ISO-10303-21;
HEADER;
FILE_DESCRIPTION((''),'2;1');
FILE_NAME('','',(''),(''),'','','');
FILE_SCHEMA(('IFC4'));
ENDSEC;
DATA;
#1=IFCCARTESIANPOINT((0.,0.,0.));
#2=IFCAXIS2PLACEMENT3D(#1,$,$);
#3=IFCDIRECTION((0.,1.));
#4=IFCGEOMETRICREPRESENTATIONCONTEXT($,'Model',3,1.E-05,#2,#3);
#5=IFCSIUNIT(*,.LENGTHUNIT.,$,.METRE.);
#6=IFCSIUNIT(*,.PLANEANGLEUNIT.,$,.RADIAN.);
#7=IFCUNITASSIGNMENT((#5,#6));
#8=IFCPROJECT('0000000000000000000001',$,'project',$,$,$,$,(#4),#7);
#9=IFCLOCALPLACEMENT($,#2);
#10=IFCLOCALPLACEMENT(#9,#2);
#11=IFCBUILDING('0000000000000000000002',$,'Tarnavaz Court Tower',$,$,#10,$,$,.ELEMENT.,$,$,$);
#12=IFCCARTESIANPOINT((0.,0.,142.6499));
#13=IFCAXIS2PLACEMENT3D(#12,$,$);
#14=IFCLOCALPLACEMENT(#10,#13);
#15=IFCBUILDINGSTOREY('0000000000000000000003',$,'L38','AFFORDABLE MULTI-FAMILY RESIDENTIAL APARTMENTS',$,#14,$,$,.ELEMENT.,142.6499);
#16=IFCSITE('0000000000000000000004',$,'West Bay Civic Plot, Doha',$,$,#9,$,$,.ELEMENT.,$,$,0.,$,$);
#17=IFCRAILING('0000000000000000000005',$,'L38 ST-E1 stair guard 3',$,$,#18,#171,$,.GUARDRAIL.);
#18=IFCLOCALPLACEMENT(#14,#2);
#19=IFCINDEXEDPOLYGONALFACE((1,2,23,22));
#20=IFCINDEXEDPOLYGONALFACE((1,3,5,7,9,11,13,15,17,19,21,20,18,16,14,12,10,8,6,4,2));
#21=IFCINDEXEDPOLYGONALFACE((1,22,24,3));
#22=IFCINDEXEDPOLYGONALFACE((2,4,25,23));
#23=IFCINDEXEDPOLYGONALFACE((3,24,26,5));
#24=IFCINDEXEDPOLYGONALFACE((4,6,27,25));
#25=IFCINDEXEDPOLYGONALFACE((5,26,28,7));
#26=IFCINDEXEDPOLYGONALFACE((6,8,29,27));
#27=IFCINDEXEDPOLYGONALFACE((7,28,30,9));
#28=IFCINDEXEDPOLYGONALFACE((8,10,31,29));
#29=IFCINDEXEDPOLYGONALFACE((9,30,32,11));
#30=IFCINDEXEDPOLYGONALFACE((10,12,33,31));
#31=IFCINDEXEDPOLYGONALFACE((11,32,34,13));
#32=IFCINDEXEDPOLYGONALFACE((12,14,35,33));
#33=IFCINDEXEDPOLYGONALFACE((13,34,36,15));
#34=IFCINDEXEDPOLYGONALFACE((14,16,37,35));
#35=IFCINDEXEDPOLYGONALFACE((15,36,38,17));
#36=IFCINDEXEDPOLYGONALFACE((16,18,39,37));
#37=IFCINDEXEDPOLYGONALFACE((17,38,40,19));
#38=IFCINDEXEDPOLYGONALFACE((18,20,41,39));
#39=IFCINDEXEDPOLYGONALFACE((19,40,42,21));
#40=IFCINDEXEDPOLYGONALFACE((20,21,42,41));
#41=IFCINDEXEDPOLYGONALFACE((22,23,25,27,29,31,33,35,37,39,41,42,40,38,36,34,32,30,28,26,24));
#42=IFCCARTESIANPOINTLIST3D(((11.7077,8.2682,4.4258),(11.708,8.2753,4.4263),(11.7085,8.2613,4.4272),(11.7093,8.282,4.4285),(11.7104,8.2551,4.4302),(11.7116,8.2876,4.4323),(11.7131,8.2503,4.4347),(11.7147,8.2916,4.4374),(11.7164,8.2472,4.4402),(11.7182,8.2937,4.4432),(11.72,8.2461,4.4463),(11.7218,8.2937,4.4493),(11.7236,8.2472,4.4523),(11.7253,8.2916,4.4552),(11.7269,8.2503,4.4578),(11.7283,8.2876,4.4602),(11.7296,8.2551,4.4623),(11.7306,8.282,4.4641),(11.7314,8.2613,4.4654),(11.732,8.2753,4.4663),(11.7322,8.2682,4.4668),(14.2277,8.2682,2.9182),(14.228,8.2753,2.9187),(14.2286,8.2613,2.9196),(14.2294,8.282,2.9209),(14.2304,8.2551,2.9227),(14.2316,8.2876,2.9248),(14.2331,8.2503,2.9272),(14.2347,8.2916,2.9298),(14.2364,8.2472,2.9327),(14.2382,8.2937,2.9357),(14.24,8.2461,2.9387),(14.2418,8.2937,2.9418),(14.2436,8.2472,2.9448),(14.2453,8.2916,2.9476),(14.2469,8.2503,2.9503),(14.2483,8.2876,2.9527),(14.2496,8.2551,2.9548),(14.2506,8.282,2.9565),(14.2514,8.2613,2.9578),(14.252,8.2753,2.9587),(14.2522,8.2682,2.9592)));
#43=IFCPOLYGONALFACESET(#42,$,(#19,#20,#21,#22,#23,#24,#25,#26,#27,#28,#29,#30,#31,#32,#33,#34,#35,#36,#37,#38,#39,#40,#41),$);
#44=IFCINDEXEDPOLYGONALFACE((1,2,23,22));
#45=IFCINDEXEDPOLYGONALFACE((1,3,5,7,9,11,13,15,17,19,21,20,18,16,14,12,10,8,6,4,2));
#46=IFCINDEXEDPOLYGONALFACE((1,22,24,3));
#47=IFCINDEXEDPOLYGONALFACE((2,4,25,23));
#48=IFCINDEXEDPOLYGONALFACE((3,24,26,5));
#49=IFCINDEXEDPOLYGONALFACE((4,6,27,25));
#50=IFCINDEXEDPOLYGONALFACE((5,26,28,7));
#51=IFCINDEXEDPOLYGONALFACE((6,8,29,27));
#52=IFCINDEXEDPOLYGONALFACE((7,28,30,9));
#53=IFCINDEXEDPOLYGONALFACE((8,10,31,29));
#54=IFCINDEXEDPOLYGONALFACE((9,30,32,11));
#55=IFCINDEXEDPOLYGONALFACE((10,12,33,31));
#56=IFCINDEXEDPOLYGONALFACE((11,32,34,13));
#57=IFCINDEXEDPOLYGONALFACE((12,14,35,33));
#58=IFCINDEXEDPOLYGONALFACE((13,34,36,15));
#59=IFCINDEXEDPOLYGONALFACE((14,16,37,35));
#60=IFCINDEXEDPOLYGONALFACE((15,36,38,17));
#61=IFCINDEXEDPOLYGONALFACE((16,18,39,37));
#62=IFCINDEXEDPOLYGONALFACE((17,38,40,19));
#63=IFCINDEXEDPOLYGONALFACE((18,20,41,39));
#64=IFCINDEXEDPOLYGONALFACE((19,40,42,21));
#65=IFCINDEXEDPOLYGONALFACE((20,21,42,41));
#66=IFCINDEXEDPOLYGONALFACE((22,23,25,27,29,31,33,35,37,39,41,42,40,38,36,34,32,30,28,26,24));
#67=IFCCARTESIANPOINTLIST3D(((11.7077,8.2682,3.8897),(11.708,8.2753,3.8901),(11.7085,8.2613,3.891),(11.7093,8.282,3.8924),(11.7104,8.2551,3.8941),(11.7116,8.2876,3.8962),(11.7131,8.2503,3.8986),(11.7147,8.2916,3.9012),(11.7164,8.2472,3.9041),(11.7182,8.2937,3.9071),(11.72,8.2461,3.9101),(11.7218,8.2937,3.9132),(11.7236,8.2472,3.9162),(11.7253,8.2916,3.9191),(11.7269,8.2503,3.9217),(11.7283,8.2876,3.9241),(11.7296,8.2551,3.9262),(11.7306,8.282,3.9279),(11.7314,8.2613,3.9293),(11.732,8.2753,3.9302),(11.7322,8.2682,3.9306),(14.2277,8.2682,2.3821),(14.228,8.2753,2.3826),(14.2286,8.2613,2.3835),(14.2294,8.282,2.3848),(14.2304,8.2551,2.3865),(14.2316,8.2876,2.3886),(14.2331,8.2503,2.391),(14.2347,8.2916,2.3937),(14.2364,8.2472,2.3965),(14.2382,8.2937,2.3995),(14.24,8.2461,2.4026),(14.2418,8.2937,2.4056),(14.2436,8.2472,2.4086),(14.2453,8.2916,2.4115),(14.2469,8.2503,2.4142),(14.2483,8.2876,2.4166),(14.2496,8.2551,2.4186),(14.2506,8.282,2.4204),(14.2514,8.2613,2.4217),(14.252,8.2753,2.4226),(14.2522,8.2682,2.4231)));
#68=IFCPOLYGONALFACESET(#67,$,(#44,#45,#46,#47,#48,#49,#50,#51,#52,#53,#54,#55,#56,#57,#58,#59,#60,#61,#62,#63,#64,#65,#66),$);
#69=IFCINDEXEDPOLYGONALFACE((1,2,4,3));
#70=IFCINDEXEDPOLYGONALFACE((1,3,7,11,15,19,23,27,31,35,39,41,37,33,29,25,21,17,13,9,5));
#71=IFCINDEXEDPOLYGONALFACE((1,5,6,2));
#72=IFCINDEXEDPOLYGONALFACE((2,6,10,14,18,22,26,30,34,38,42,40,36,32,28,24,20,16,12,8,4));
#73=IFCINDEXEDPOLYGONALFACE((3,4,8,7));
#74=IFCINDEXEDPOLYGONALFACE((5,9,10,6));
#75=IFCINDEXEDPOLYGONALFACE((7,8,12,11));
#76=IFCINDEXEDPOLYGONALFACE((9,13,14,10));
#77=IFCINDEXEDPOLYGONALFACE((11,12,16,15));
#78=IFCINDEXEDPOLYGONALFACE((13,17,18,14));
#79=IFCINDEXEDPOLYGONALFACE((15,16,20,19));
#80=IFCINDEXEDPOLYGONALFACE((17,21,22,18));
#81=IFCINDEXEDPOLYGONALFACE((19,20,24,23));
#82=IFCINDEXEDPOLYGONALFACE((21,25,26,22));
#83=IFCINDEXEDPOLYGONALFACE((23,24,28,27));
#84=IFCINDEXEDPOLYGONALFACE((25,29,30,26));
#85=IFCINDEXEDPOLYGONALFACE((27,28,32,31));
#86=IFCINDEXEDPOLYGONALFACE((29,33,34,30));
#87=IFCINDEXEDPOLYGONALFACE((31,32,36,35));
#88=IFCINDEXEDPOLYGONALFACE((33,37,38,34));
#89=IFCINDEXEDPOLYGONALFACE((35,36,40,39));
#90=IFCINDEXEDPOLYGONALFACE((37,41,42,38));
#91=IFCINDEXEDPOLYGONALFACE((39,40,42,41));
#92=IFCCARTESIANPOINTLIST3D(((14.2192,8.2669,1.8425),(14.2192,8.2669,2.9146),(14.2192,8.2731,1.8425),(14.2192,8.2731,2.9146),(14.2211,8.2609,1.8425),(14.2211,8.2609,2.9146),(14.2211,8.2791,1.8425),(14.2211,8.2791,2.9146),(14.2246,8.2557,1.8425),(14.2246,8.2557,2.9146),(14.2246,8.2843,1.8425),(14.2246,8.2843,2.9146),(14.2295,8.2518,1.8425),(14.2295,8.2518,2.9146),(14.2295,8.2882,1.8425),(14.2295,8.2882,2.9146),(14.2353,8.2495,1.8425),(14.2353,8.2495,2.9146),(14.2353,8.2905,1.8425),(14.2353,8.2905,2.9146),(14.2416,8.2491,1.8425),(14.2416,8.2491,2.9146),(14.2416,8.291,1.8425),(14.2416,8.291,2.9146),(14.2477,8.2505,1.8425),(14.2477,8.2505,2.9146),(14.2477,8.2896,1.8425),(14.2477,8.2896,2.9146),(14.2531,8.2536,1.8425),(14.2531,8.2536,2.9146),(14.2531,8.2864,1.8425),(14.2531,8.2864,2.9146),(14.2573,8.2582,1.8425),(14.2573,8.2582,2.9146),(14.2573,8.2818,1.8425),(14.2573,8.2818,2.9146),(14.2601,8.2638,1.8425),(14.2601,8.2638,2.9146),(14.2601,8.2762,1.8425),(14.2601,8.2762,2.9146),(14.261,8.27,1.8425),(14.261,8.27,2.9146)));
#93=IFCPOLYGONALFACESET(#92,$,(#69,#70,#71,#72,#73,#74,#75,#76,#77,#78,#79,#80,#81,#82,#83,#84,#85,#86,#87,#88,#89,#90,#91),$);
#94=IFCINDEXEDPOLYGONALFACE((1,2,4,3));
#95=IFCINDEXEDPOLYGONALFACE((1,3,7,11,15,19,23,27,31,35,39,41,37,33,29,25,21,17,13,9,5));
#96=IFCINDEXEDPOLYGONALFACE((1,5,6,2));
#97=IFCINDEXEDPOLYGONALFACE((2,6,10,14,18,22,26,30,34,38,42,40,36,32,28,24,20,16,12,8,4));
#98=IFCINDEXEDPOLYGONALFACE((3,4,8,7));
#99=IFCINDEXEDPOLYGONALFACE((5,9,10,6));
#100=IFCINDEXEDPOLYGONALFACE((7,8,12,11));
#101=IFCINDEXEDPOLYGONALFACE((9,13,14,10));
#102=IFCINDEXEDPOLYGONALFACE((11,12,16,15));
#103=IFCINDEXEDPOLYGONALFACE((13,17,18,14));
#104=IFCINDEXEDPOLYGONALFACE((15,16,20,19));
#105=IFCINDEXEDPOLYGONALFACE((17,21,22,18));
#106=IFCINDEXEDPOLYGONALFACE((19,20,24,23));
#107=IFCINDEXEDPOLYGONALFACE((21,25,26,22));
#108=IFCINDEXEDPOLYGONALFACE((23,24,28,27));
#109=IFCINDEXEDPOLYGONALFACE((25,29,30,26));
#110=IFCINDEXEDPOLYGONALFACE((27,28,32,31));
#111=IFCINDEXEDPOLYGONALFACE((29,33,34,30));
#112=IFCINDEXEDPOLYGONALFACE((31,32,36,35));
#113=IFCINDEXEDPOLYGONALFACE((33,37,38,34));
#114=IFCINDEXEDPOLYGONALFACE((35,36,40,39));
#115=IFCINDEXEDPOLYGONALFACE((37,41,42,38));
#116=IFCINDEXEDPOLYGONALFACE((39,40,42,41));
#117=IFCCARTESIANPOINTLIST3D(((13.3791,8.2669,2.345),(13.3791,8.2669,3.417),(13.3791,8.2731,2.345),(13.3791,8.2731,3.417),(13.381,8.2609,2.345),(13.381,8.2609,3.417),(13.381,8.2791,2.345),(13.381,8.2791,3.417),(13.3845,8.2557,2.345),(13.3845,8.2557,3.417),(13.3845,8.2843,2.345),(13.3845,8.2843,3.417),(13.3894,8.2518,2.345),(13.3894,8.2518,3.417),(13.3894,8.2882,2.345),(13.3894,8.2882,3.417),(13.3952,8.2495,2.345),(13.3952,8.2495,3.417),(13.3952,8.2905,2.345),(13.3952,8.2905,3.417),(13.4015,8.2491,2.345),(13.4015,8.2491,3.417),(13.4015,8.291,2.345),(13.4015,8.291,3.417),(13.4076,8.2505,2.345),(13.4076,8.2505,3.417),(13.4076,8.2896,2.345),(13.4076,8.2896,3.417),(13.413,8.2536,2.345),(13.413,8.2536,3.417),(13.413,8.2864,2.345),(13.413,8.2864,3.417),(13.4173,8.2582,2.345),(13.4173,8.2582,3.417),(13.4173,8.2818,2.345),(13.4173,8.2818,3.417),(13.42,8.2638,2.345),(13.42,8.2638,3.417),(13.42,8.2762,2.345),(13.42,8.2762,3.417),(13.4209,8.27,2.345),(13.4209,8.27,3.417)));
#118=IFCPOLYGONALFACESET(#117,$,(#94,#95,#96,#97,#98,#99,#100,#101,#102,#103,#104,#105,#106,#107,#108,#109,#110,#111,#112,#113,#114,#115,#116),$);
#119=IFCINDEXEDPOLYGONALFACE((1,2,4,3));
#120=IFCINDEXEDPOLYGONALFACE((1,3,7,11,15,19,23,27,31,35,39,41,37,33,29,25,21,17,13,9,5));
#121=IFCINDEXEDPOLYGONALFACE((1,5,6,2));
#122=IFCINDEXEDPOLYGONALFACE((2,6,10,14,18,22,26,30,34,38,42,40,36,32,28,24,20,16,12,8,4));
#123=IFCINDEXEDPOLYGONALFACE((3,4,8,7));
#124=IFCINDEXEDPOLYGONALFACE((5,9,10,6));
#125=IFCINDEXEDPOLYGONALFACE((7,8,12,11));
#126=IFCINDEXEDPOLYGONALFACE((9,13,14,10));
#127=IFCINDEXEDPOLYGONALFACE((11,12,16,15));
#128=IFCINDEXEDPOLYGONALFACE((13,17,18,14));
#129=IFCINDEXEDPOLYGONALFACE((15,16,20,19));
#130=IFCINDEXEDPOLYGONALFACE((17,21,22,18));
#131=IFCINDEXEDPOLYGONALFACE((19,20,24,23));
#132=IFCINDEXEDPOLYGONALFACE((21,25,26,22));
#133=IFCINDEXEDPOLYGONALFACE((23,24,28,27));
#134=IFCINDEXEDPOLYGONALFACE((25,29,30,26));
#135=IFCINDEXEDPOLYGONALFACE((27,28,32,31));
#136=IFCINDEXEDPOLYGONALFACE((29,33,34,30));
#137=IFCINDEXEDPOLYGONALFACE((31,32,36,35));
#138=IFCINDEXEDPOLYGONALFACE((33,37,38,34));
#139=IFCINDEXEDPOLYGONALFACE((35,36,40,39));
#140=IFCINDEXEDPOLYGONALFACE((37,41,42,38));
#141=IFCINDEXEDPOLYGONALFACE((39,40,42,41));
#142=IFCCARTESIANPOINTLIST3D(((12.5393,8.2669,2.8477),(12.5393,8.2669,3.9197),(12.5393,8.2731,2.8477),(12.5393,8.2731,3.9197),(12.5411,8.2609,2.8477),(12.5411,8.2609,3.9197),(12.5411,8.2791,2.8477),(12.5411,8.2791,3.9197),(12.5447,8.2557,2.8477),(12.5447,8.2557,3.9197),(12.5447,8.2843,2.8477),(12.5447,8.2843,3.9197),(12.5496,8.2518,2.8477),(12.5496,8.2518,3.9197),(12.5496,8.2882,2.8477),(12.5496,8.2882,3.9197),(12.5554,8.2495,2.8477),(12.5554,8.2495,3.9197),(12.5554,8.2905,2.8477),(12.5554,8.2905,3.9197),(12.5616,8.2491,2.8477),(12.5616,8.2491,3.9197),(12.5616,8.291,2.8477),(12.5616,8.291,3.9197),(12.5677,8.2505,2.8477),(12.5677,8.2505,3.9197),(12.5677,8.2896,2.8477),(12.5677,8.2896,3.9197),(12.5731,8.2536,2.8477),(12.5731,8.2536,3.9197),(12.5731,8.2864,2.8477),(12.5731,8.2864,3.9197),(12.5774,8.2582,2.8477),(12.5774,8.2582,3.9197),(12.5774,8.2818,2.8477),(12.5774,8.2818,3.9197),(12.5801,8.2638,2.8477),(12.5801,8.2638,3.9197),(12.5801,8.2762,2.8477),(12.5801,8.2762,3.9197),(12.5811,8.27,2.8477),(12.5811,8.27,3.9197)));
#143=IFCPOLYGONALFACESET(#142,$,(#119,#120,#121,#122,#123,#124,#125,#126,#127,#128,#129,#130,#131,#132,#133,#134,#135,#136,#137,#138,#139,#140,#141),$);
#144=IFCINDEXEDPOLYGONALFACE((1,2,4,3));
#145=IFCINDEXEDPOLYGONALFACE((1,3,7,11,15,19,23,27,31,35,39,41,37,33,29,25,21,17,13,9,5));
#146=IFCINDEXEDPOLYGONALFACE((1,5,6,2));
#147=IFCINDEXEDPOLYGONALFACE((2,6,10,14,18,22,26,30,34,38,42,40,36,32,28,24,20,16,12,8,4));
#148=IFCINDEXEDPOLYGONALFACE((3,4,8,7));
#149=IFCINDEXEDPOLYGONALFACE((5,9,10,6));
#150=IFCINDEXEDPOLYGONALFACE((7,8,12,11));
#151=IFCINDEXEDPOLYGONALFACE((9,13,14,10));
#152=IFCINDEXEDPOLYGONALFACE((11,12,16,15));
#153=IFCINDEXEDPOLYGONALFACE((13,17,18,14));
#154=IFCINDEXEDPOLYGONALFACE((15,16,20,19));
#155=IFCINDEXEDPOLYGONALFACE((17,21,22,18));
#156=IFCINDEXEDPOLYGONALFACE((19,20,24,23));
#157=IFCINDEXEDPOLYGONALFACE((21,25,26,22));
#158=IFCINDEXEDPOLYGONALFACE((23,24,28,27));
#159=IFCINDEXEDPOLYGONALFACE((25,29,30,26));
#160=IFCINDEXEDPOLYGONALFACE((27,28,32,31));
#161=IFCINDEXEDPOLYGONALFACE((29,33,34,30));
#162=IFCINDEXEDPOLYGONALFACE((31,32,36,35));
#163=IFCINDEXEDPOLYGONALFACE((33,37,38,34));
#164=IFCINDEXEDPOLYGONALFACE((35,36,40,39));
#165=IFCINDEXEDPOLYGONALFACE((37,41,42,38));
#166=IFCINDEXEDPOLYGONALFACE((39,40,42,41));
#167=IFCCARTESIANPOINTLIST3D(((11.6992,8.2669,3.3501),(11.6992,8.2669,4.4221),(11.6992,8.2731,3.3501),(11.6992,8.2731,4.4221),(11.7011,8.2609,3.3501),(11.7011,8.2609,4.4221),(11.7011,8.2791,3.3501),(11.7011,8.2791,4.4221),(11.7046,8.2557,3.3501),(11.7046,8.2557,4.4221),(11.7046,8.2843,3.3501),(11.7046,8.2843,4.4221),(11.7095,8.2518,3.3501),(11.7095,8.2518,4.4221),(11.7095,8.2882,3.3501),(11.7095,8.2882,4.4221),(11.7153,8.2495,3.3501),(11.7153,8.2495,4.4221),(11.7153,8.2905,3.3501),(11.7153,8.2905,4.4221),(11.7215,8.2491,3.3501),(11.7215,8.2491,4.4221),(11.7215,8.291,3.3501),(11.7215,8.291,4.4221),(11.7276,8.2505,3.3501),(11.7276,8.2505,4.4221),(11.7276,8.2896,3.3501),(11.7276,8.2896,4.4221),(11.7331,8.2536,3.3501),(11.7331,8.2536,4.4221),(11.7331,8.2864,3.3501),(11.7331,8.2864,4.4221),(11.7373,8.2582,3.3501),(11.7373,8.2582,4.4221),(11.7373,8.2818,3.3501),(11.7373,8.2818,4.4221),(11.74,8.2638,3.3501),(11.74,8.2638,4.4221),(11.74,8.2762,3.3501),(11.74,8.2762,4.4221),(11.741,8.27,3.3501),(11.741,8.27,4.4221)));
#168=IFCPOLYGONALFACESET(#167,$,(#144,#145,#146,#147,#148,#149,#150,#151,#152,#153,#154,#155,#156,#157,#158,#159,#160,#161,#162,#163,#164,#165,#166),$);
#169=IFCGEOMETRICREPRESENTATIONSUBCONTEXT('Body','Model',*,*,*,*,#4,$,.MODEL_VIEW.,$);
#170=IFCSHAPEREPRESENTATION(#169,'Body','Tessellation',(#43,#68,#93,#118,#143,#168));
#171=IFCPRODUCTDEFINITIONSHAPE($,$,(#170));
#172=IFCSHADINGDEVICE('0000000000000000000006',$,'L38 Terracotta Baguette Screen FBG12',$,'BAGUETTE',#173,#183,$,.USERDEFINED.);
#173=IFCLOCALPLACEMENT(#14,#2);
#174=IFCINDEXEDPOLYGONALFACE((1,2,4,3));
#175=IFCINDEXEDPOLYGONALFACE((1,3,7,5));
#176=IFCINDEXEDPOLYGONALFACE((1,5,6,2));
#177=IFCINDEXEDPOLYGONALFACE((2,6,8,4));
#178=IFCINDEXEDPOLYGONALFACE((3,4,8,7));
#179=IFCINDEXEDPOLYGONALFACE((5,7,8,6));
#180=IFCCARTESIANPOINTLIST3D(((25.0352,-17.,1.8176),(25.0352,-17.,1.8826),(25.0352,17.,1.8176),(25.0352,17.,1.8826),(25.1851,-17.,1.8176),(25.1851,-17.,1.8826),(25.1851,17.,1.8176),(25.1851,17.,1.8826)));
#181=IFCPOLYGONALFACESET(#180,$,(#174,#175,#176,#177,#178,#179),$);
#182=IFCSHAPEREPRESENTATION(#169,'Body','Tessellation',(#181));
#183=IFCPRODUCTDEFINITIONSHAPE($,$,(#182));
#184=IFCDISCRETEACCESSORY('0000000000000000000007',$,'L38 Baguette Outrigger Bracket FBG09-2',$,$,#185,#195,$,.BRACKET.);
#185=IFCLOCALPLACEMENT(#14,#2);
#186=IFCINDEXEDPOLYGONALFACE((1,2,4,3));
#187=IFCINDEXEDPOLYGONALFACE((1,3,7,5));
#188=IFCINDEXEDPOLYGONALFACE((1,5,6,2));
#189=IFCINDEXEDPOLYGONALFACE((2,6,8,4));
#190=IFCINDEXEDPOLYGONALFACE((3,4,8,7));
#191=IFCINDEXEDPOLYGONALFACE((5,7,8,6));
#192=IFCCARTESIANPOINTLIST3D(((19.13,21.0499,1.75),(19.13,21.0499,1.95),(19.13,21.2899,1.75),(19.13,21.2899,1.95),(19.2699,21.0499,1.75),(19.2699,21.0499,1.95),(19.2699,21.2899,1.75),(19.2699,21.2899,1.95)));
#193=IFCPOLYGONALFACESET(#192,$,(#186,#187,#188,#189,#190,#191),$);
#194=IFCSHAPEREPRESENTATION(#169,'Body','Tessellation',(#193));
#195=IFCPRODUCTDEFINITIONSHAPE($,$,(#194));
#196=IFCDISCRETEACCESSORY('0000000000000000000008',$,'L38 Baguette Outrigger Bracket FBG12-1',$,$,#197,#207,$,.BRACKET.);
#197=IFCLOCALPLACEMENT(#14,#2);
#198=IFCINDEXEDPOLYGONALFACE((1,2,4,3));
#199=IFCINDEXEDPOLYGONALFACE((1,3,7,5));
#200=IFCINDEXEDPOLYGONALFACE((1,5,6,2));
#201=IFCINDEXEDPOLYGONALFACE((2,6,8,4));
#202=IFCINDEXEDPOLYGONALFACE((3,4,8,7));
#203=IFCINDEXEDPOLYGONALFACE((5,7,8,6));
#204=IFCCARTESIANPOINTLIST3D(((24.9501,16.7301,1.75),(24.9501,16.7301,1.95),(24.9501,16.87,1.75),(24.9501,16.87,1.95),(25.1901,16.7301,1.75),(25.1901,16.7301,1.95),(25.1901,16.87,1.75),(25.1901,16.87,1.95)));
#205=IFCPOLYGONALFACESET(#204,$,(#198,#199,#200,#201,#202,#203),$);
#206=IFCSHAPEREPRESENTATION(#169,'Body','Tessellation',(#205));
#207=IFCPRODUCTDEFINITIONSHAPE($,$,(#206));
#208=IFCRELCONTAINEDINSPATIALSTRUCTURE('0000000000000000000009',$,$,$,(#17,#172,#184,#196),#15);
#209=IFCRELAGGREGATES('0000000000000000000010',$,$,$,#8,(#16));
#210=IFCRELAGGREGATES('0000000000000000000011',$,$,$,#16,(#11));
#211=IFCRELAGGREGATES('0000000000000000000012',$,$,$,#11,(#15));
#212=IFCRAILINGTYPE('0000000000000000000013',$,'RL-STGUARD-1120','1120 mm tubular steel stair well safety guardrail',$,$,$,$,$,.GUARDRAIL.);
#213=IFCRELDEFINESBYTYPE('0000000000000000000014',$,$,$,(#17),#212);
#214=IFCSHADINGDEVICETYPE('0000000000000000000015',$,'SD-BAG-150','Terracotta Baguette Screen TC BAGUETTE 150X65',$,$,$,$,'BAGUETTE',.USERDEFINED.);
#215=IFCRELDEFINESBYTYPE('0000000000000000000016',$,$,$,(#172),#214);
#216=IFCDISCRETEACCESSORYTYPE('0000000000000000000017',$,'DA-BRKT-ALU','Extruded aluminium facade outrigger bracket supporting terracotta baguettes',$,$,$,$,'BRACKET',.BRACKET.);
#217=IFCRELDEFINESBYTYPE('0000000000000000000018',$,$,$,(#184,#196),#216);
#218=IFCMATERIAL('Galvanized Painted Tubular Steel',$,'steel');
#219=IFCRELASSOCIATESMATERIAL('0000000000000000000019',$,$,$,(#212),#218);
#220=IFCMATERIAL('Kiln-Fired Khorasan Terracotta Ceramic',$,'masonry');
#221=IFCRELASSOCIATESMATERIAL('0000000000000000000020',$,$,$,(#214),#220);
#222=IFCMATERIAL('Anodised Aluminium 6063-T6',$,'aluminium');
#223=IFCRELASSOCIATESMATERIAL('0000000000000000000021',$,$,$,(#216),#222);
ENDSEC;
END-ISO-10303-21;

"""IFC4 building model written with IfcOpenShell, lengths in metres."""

from ifc_helpers import new_model, si_unit, direction, frame, origin, origin_2d, place, context, subcontext, project, spatial, rectangle, circle, extrude, material, material_profile, profile_set, type_object, element, save


model = new_model("IFC4")

# Units and contexts
model_context = context("Model", 3, precision=1e-05, world=origin(), true_north=direction((0.0, 1.0)))
body_context = subcontext(model_context, "Body", "Model", "MODEL_VIEW")
ifc_project = project(units=[si_unit("LENGTHUNIT", "METRE"), si_unit("PLANEANGLEUNIT", "RADIAN")], contexts=[model_context])

# Site, building, storey
site_placement = place(None, origin())
site = spatial("IfcSite", under=ifc_project, at=site_placement, Name="West Bay Civic Plot, Doha", CompositionType="ELEMENT", RefElevation=0.0)
building_placement = place(site_placement, origin())
building = spatial("IfcBuilding", under=site, at=building_placement, Name="Tarnavaz Court Tower", CompositionType="ELEMENT")
storey_placement = place(building_placement, frame((0.0, 0.0, 142.6499)))
storey = spatial("IfcBuildingStorey", under=building, at=storey_placement, Name="L38", Description="AFFORDABLE MULTI-FAMILY RESIDENTIAL APARTMENTS", CompositionType="ELEMENT", Elevation=142.6499)

# Railing
ifc_material_1 = material(Name="Galvanized Painted Tubular Steel", Category="steel")
railing_type_1 = type_object("IfcRailingType", Name="RL-STGUARD-1120", Description="1120 mm tubular steel stair well safety guardrail", PredefinedType="GUARDRAIL", material=ifc_material_1)
railing_1_placement = place(storey_placement, frame((14.24, 8.27, 1.8425)))
element("IfcRailing", 1, at=railing_1_placement, inside=storey, type_object=railing_type_1, Name="L38 ST-E1 stair guard 3", PredefinedType="GUARDRAIL", context=body_context, shape_type="SweptSolid", body=[
    extrude(circle(Radius=0.0239, at=origin_2d()), frame((0.0, 0.0, 1.0962), z_axis=(-0.85816, 0.0, 0.513383), x_axis=(0.0, -1.0, 0.0)), (0.0, 0.0, 1.0), 2.9365),
    extrude(circle(Radius=0.0239, at=origin_2d()), frame((0.0, 0.0, 0.5601), z_axis=(-0.85816, 0.0, 0.513383), x_axis=(0.0, -1.0, 0.0)), (0.0, 0.0, 1.0), 2.9365),
    extrude(circle(Radius=0.021, at=origin_2d()), origin(), (0.0, 0.0, 1.0), 1.072),
    extrude(circle(Radius=0.021, at=origin_2d()), frame((-0.8401, 0.0, 0.5024)), (0.0, 0.0, 1.0), 1.072),
    extrude(circle(Radius=0.021, at=origin_2d()), frame((-1.6799, 0.0, 1.0051)), (0.0, 0.0, 1.0), 1.072),
    extrude(circle(Radius=0.021, at=origin_2d()), frame((-2.52, 0.0, 1.5076)), (0.0, 0.0, 1.0), 1.072),
])

# Shading device
ifc_material_2 = material(Name="Kiln-Fired Khorasan Terracotta Ceramic", Category="masonry")
ifc_material_profile_1 = material_profile(ifc_material_2, rectangle(XDim=0.1499, YDim=0.0649, at=origin_2d()), Name="TC BAGUETTE 150X65")
ifc_profile_set_1 = profile_set([ifc_material_profile_1], Name="Kiln-Fired Khorasan Terracotta Ceramic")
shading_device_type = type_object("IfcShadingDeviceType", Name="SD-BAG-150", Description="Terracotta Baguette Screen TC BAGUETTE 150X65", ElementType="BAGUETTE", PredefinedType="USERDEFINED", material=ifc_profile_set_1)
shading_device_placement = place(storey_placement, frame((25.1101, 17.0, 1.8501), z_axis=(0.0, -1.0, 0.0), x_axis=(1.0, 0.0, 0.0)))
element("IfcShadingDevice", 2, at=shading_device_placement, inside=storey, type_object=shading_device_type, Name="L38 Terracotta Baguette Screen FBG12", ObjectType="BAGUETTE", PredefinedType="USERDEFINED", context=body_context, shape_type="SweptSolid", body=[
    extrude(rectangle(XDim=0.1499, YDim=0.0649, at=origin_2d()), origin(), (0.0, 0.0, 1.0), 34.0),
])

# Discrete accessories
ifc_material_3 = material(Name="Anodised Aluminium 6063-T6", Category="aluminium")
discrete_accessory_type = type_object("IfcDiscreteAccessoryType", Name="DA-BRKT-ALU", Description="Extruded aluminium facade outrigger bracket supporting terracotta baguettes", ElementType="BRACKET", PredefinedType="BRACKET", material=ifc_material_3)
for number, where, z_axis, x_axis, name in (
    (3, (19.2, 21.1699, 1.75), (0.0, 0.0, 1.0), (1.0, 0.0, 0.0), "L38 Baguette Outrigger Bracket FBG09-2"),
    (4, (25.0701, 16.8, 1.75), (0.0, 0.0, 1.0), (0.0, -1.0, 0.0), "L38 Baguette Outrigger Bracket FBG12-1"),
):
    element("IfcDiscreteAccessory", number, at=place(storey_placement, frame(where, z_axis=z_axis, x_axis=x_axis)), inside=storey, type_object=discrete_accessory_type, Name=name, PredefinedType="BRACKET", context=body_context, shape_type="SweptSolid", body=[
        extrude(rectangle(XDim=0.1399, YDim=0.24, at=origin_2d()), origin(), (0.0, 0.0, 1.0), 0.2),
    ])

save(model, "model.ifc")
